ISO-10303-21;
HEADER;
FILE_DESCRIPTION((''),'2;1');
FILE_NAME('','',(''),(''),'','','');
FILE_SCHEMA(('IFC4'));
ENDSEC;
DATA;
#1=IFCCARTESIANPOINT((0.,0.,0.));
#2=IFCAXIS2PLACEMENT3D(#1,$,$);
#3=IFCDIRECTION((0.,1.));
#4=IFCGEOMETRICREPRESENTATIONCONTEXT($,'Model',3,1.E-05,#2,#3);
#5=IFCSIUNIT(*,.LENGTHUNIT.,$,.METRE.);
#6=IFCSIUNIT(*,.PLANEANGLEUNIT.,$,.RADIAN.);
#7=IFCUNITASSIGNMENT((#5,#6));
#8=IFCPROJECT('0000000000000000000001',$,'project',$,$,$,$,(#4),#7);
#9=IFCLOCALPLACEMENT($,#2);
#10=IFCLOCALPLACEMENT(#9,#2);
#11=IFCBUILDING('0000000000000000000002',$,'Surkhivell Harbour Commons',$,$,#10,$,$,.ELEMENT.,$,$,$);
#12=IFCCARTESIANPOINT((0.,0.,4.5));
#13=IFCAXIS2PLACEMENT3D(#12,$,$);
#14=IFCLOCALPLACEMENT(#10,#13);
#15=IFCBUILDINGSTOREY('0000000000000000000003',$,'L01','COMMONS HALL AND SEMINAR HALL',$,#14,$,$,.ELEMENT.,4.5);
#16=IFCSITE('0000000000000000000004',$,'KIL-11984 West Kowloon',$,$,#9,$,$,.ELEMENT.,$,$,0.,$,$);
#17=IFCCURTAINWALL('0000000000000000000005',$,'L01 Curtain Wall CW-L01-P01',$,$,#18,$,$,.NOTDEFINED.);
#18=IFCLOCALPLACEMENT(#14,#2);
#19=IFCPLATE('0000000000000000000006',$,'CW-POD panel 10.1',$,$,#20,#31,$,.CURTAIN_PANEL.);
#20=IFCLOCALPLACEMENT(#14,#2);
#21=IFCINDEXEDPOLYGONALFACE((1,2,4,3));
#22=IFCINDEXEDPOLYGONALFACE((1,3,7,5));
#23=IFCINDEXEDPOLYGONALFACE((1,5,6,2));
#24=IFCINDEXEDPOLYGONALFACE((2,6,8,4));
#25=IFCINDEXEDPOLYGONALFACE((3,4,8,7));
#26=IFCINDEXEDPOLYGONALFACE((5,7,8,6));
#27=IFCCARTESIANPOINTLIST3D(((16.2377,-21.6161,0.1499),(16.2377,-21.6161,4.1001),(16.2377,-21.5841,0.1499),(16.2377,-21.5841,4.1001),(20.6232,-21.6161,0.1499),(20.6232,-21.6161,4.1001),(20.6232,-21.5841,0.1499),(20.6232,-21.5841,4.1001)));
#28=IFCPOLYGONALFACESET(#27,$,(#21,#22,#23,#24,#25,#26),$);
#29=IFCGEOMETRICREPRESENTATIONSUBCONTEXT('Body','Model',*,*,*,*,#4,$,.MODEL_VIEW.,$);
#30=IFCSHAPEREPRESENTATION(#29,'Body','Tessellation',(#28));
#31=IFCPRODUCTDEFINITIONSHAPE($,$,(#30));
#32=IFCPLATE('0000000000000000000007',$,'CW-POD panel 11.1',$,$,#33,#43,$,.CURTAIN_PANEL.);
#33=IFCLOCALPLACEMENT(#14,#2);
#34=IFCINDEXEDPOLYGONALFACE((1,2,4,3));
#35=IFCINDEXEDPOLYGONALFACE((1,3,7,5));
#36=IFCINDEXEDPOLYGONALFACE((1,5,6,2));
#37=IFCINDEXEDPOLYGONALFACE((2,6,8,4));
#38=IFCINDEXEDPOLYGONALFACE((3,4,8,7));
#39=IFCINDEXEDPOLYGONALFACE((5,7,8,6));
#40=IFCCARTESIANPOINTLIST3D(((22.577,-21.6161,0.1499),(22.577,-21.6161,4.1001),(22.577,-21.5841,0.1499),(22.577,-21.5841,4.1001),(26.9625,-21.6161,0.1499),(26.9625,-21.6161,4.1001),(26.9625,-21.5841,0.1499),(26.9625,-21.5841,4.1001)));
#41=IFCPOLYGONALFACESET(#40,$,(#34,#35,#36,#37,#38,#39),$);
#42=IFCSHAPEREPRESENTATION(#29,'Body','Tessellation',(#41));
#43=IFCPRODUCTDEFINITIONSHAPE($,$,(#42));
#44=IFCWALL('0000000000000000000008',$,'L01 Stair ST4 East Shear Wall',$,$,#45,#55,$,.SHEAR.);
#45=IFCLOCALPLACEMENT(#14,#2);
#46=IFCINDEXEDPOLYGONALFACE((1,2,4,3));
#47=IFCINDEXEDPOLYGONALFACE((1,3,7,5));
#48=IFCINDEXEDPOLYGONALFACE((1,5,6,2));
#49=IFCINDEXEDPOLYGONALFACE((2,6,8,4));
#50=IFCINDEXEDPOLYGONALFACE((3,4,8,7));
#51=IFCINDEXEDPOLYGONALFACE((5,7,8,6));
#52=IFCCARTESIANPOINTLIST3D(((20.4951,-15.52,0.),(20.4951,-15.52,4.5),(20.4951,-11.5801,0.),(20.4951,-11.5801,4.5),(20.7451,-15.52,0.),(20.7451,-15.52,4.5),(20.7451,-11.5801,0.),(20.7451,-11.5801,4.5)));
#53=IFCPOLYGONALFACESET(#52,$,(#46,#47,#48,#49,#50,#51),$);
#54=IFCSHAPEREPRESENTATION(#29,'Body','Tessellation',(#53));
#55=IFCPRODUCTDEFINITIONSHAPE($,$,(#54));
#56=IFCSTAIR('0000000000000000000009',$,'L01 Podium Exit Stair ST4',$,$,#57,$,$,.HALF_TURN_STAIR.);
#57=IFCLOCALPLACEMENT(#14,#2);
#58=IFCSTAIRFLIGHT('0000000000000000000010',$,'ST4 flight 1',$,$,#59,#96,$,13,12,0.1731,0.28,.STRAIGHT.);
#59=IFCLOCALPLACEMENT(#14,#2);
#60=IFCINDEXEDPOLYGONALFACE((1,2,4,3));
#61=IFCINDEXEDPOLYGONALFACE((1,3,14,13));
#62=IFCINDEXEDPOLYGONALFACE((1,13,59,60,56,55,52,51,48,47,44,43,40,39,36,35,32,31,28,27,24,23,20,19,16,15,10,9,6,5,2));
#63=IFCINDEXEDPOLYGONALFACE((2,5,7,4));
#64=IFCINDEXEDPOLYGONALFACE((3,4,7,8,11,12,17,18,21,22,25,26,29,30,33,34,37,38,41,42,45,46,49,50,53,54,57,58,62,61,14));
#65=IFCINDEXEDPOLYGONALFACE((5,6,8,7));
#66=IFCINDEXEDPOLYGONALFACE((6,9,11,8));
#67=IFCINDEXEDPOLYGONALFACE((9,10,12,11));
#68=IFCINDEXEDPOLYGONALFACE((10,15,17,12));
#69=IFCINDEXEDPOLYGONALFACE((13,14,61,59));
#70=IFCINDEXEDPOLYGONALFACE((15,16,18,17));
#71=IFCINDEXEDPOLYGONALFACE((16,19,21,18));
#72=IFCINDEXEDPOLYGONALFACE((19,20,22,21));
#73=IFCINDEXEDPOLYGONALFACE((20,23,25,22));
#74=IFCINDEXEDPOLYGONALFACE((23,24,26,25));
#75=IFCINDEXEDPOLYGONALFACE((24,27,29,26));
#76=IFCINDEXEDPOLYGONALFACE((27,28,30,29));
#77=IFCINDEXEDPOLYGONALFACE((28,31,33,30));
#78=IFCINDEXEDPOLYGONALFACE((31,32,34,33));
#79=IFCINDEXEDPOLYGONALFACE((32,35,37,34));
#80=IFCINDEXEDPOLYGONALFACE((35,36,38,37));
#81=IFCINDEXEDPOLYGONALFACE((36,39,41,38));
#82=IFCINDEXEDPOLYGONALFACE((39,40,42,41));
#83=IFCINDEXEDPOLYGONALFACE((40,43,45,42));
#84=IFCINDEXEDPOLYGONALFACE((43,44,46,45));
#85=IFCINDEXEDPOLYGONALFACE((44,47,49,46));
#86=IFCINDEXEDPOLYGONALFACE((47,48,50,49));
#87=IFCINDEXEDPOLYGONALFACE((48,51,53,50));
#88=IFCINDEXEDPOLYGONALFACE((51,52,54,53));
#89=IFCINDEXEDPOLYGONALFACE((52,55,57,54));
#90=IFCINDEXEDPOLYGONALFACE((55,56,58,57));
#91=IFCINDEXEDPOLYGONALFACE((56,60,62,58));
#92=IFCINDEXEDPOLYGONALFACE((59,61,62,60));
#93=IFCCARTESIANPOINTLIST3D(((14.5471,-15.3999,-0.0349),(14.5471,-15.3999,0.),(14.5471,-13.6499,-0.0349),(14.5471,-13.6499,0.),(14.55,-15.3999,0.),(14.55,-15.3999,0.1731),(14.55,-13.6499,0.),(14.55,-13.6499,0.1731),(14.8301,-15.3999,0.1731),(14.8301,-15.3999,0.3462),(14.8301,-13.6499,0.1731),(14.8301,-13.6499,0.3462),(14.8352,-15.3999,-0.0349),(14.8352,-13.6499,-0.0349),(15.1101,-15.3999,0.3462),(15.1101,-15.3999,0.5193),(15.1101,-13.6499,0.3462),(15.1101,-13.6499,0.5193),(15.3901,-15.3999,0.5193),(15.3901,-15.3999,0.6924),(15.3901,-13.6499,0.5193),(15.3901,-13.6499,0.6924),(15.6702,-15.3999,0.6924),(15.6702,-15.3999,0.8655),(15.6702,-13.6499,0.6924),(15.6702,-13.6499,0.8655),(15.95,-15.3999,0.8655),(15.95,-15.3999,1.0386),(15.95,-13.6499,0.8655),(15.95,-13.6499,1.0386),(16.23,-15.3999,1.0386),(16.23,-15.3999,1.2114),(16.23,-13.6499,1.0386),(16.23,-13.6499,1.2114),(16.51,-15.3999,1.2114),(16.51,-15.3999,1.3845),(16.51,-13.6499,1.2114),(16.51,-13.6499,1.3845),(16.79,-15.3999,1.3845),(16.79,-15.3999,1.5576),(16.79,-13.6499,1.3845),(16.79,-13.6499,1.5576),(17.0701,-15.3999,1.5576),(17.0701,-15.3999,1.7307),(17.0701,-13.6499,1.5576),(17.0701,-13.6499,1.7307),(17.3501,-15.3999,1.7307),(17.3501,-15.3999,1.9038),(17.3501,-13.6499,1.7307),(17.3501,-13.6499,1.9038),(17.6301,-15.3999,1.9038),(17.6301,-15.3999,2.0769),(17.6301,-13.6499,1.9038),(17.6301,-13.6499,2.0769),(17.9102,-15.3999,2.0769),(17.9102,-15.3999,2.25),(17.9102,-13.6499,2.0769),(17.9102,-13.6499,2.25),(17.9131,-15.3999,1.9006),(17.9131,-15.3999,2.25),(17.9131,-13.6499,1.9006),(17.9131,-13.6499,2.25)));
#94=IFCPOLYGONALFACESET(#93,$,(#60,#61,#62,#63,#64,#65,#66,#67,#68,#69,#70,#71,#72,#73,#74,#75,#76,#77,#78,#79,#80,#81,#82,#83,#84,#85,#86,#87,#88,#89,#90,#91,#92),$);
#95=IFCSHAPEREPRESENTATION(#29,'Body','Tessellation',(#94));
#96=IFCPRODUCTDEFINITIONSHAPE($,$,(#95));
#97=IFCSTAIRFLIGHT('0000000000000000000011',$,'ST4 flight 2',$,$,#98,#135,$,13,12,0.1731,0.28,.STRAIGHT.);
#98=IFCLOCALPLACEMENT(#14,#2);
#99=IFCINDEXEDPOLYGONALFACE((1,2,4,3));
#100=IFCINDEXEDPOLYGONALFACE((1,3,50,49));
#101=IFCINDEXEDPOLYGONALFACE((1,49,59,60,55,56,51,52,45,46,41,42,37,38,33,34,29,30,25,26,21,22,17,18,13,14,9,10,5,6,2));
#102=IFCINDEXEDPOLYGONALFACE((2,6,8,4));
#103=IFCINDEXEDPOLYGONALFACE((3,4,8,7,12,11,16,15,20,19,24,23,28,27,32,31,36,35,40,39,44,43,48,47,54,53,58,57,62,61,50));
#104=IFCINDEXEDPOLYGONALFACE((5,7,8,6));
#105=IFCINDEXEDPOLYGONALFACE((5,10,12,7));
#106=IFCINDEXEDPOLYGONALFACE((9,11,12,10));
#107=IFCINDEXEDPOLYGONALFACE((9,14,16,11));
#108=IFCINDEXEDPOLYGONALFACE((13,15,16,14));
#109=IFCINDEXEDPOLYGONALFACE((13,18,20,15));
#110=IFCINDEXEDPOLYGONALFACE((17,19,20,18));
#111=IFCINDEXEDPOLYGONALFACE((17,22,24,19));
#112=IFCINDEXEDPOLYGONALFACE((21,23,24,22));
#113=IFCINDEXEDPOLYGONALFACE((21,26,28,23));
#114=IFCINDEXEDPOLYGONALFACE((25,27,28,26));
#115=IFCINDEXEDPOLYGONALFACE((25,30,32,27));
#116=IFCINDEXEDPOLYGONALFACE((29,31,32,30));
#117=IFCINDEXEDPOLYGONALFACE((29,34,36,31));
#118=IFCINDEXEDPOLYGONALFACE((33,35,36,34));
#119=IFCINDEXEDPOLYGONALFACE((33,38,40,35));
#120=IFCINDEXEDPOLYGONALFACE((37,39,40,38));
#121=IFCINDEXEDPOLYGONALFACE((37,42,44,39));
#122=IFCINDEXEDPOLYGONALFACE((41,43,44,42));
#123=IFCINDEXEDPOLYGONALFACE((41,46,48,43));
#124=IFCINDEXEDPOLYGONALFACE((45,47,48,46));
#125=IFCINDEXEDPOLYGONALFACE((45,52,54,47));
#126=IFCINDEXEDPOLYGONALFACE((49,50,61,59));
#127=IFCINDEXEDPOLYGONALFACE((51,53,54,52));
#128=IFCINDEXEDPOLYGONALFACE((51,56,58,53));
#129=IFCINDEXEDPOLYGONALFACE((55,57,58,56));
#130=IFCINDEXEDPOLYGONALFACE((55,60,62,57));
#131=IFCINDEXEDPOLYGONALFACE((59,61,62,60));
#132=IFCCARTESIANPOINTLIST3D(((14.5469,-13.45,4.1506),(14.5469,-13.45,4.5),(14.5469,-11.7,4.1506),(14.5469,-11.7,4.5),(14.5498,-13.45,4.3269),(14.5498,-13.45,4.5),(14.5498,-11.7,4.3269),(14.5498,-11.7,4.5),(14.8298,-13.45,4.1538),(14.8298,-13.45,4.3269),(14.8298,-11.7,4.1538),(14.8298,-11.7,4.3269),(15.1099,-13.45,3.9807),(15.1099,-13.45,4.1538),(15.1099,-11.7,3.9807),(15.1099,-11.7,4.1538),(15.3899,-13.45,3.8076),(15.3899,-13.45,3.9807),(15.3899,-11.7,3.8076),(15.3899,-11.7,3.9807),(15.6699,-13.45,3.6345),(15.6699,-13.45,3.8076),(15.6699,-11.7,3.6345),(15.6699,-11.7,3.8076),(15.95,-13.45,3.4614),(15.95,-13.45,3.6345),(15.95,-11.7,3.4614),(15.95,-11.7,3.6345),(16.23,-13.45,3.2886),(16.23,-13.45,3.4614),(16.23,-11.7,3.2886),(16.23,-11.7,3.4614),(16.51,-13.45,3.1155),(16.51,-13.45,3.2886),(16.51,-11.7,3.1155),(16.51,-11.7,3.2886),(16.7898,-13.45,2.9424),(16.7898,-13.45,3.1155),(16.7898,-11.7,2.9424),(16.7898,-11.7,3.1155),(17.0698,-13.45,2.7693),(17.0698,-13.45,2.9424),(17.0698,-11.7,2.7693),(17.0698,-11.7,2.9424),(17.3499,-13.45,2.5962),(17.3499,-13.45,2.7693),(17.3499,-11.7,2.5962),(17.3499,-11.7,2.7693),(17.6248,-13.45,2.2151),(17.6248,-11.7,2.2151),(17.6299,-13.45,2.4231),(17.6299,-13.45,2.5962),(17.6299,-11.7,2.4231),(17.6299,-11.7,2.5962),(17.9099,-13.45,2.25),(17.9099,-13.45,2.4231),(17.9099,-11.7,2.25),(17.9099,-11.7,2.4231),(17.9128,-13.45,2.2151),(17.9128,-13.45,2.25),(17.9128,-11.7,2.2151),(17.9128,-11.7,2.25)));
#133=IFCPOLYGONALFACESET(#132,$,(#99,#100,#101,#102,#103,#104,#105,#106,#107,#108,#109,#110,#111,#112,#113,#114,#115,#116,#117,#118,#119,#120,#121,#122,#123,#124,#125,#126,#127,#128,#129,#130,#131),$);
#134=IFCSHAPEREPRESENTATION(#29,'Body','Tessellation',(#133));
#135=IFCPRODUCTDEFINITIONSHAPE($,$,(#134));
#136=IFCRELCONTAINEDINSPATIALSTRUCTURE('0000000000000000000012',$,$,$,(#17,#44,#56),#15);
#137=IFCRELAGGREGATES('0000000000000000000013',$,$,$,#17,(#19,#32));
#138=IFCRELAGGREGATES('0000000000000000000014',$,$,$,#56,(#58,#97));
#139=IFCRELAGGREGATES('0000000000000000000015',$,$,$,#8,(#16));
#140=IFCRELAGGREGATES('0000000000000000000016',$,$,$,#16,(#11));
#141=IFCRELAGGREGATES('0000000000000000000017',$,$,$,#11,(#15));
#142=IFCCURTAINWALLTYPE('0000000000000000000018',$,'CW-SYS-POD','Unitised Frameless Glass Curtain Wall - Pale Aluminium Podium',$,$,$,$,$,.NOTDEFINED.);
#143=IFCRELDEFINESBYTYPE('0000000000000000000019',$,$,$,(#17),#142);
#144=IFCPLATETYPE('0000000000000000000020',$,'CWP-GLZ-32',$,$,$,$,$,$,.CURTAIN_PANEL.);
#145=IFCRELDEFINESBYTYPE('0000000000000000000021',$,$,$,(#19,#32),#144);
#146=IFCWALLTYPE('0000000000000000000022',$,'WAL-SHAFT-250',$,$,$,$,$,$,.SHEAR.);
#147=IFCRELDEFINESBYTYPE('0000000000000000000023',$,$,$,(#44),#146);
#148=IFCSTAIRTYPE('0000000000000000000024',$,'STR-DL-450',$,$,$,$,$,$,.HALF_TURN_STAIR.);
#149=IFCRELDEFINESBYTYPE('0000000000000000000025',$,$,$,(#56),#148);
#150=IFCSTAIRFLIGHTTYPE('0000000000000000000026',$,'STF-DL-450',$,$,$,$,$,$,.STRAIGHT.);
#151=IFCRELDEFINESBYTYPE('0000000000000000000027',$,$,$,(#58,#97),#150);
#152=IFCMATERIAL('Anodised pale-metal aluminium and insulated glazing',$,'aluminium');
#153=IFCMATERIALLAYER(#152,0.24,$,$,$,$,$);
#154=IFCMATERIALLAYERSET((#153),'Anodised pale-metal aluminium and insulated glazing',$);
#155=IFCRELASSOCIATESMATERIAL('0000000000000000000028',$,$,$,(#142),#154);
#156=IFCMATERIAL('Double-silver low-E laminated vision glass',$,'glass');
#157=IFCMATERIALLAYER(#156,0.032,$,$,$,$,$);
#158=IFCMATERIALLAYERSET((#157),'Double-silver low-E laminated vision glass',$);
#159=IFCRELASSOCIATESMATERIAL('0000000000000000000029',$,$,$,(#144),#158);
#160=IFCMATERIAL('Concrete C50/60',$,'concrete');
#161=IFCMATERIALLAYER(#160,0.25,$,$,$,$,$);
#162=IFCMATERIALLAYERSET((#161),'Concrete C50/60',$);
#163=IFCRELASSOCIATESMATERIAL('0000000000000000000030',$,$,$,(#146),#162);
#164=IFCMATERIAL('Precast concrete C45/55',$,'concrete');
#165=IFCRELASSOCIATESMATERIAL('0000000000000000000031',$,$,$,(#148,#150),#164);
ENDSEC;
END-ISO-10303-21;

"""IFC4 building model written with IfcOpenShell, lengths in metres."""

from ifc_helpers import new_model, si_unit, direction, frame, frame_2d, origin, place, context, subcontext, project, spatial, polyline, rectangle, outline, extrude, material, layer, layer_set, type_object, element, aggregate, save


model = new_model("IFC4")

# Units and contexts
model_context = context("Model", 3, precision=1e-05, world=origin(), true_north=direction((0.0, 1.0)))
body_context = subcontext(model_context, "Body", "Model", "MODEL_VIEW")
ifc_project = project(units=[si_unit("LENGTHUNIT", "METRE"), si_unit("PLANEANGLEUNIT", "RADIAN")], contexts=[model_context])

# Site, building, storey
site_placement = place(None, origin())
site = spatial("IfcSite", under=ifc_project, at=site_placement, Name="KIL-11984 West Kowloon", CompositionType="ELEMENT", RefElevation=0.0)
building_placement = place(site_placement, origin())
building = spatial("IfcBuilding", under=site, at=building_placement, Name="Surkhivell Harbour Commons", CompositionType="ELEMENT")
storey_placement = place(building_placement, frame((0.0, 0.0, 4.5)))
storey = spatial("IfcBuildingStorey", under=building, at=storey_placement, Name="L01", Description="COMMONS HALL AND SEMINAR HALL", CompositionType="ELEMENT", Elevation=4.5)

# Shared definitions
ifc_material_1 = material(Name="Concrete C50/60", Category="concrete")

# Curtain wall, plates
ifc_material_2 = material(Name="Anodised pale-metal aluminium and insulated glazing", Category="aluminium")
ifc_layer_1 = layer(ifc_material_2, 0.24)
ifc_layer_set_1 = layer_set([ifc_layer_1], Name="Anodised pale-metal aluminium and insulated glazing")
curtain_wall_type = type_object("IfcCurtainWallType", Name="CW-SYS-POD", Description="Unitised Frameless Glass Curtain Wall - Pale Aluminium Podium", PredefinedType="NOTDEFINED", material=ifc_layer_set_1)
curtain_wall_placement = place(storey_placement, origin())
curtain_wall = element("IfcCurtainWall", 1, at=curtain_wall_placement, inside=storey, type_object=curtain_wall_type, Name="L01 Curtain Wall CW-L01-P01", PredefinedType="NOTDEFINED")
ifc_material_3 = material(Name="Double-silver low-E laminated vision glass", Category="glass")
ifc_layer_2 = layer(ifc_material_3, 0.032)
ifc_layer_set_2 = layer_set([ifc_layer_2], Name="Double-silver low-E laminated vision glass")
plate_type = type_object("IfcPlateType", Name="CWP-GLZ-32", PredefinedType="CURTAIN_PANEL", material=ifc_layer_set_2)
plate_1_placement = place(storey_placement, frame((16.2375, -21.6001, 0.1499), z_axis=(0.0, 0.0, 1.0), x_axis=(1.0, 0.0, 0.0)))
plate_1 = element("IfcPlate", 2, at=plate_1_placement, type_object=plate_type, Name="CW-POD panel 10.1", PredefinedType="CURTAIN_PANEL", context=body_context, shape_type="SweptSolid", body=[
    extrude(rectangle(XDim=4.3855, YDim=0.032, at=frame_2d((2.1929, 0.0))), origin(), (0.0, 0.0, 1.0), 3.9502),
])
plate_2_placement = place(storey_placement, frame((22.5769, -21.6001, 0.1499), z_axis=(0.0, 0.0, 1.0), x_axis=(1.0, 0.0, 0.0)))
plate_2 = element("IfcPlate", 3, at=plate_2_placement, type_object=plate_type, Name="CW-POD panel 11.1", PredefinedType="CURTAIN_PANEL", context=body_context, shape_type="SweptSolid", body=[
    extrude(rectangle(XDim=4.3855, YDim=0.032, at=frame_2d((2.1929, 0.0))), origin(), (0.0, 0.0, 1.0), 3.9502),
])
aggregate(curtain_wall, [plate_1, plate_2])

# Wall
ifc_layer_3 = layer(ifc_material_1, 0.25)
ifc_layer_set_3 = layer_set([ifc_layer_3], Name="Concrete C50/60")
wall_type = type_object("IfcWallType", Name="WAL-SHAFT-250", PredefinedType="SHEAR", material=ifc_layer_set_3)
wall_placement = place(storey_placement, frame((20.6201, -15.52, 0.0), z_axis=(0.0, 0.0, 1.0), x_axis=(0.0, 1.0, 0.0)))
element("IfcWall", 4, at=wall_placement, inside=storey, type_object=wall_type, Name="L01 Stair ST4 East Shear Wall", PredefinedType="SHEAR", context=body_context, shape_type="SweptSolid", body=[
    extrude(rectangle(XDim=3.9399, YDim=0.25, at=frame_2d((1.97, 0.0))), origin(), (0.0, 0.0, 1.0), 4.5),
])

# Stair, stair flights
ifc_material_4 = material(Name="Precast concrete C45/55", Category="concrete")
stair_type = type_object("IfcStairType", Name="STR-DL-450", PredefinedType="HALF_TURN_STAIR", material=ifc_material_4)
stair_placement = place(storey_placement, origin())
stair = element("IfcStair", 5, at=stair_placement, inside=storey, type_object=stair_type, Name="L01 Podium Exit Stair ST4", PredefinedType="HALF_TURN_STAIR")
stair_flight_type = type_object("IfcStairFlightType", Name="STF-DL-450", PredefinedType="STRAIGHT", material=ifc_material_4)
stair_flight_1_placement = place(storey_placement, frame((14.55, -14.5249, 0.0), z_axis=(0.0, 0.0, 1.0), x_axis=(1.0, 0.0, 0.0)))
stair_flight_1 = element("IfcStairFlight", 6, at=stair_flight_1_placement, type_object=stair_flight_type, Name="ST4 flight 1", NumberOfRisers=13, NumberOfTreads=12, PredefinedType="STRAIGHT", RiserHeight=0.1731, TreadLength=0.28, context=body_context, shape_type="SweptSolid", body=[
    extrude(outline(polyline([(-0.0029, -0.0349), (-0.0029, 0.0), (0.0, 0.0), (0.0, 0.1731), (0.28, 0.1731), (0.28, 0.3462), (0.5601, 0.3462), (0.5601, 0.5193), (0.8401, 0.5193), (0.8401, 0.6924), (1.1201, 0.6924), (1.1201, 0.8655), (1.3999, 0.8655), (1.3999, 1.0386), (1.6799, 1.0386), (1.6799, 1.2114), (1.96, 1.2114), (1.96, 1.3845), (2.24, 1.3845), (2.24, 1.5576), (2.52, 1.5576), (2.52, 1.7307), (2.8, 1.7307), (2.8, 1.9038), (3.0801, 1.9038), (3.0801, 2.0769), (3.3601, 2.0769), (3.3601, 2.25), (3.363, 2.25), (3.363, 1.9006), (0.2852, -0.0349), (-0.0029, -0.0349)])), frame((0.0, 0.875, 0.0), z_axis=(0.0, -1.0, 0.0), x_axis=(1.0, 0.0, 0.0)), (0.0, 0.0, 1.0), 1.75),
])
stair_flight_2_placement = place(storey_placement, frame((17.9099, -12.575, 2.25), z_axis=(0.0, 0.0, 1.0), x_axis=(-1.0, 0.0, 0.0)))
stair_flight_2 = element("IfcStairFlight", 7, at=stair_flight_2_placement, type_object=stair_flight_type, Name="ST4 flight 2", NumberOfRisers=13, NumberOfTreads=12, PredefinedType="STRAIGHT", RiserHeight=0.1731, TreadLength=0.28, context=body_context, shape_type="SweptSolid", body=[
    extrude(outline(polyline([(-0.0029, -0.0349), (-0.0029, 0.0), (0.0, 0.0), (0.0, 0.1731), (0.28, 0.1731), (0.28, 0.3462), (0.5601, 0.3462), (0.5601, 0.5193), (0.8401, 0.5193), (0.8401, 0.6924), (1.1201, 0.6924), (1.1201, 0.8655), (1.3999, 0.8655), (1.3999, 1.0386), (1.6799, 1.0386), (1.6799, 1.2114), (1.96, 1.2114), (1.96, 1.3845), (2.24, 1.3845), (2.24, 1.5576), (2.52, 1.5576), (2.52, 1.7307), (2.8, 1.7307), (2.8, 1.9038), (3.0801, 1.9038), (3.0801, 2.0769), (3.3601, 2.0769), (3.3601, 2.25), (3.363, 2.25), (3.363, 1.9006), (0.2852, -0.0349), (-0.0029, -0.0349)])), frame((0.0, 0.875, 0.0), z_axis=(0.0, -1.0, 0.0), x_axis=(1.0, 0.0, 0.0)), (0.0, 0.0, 1.0), 1.75),
])
aggregate(stair, [stair_flight_1, stair_flight_2])

save(model, "model.ifc")
